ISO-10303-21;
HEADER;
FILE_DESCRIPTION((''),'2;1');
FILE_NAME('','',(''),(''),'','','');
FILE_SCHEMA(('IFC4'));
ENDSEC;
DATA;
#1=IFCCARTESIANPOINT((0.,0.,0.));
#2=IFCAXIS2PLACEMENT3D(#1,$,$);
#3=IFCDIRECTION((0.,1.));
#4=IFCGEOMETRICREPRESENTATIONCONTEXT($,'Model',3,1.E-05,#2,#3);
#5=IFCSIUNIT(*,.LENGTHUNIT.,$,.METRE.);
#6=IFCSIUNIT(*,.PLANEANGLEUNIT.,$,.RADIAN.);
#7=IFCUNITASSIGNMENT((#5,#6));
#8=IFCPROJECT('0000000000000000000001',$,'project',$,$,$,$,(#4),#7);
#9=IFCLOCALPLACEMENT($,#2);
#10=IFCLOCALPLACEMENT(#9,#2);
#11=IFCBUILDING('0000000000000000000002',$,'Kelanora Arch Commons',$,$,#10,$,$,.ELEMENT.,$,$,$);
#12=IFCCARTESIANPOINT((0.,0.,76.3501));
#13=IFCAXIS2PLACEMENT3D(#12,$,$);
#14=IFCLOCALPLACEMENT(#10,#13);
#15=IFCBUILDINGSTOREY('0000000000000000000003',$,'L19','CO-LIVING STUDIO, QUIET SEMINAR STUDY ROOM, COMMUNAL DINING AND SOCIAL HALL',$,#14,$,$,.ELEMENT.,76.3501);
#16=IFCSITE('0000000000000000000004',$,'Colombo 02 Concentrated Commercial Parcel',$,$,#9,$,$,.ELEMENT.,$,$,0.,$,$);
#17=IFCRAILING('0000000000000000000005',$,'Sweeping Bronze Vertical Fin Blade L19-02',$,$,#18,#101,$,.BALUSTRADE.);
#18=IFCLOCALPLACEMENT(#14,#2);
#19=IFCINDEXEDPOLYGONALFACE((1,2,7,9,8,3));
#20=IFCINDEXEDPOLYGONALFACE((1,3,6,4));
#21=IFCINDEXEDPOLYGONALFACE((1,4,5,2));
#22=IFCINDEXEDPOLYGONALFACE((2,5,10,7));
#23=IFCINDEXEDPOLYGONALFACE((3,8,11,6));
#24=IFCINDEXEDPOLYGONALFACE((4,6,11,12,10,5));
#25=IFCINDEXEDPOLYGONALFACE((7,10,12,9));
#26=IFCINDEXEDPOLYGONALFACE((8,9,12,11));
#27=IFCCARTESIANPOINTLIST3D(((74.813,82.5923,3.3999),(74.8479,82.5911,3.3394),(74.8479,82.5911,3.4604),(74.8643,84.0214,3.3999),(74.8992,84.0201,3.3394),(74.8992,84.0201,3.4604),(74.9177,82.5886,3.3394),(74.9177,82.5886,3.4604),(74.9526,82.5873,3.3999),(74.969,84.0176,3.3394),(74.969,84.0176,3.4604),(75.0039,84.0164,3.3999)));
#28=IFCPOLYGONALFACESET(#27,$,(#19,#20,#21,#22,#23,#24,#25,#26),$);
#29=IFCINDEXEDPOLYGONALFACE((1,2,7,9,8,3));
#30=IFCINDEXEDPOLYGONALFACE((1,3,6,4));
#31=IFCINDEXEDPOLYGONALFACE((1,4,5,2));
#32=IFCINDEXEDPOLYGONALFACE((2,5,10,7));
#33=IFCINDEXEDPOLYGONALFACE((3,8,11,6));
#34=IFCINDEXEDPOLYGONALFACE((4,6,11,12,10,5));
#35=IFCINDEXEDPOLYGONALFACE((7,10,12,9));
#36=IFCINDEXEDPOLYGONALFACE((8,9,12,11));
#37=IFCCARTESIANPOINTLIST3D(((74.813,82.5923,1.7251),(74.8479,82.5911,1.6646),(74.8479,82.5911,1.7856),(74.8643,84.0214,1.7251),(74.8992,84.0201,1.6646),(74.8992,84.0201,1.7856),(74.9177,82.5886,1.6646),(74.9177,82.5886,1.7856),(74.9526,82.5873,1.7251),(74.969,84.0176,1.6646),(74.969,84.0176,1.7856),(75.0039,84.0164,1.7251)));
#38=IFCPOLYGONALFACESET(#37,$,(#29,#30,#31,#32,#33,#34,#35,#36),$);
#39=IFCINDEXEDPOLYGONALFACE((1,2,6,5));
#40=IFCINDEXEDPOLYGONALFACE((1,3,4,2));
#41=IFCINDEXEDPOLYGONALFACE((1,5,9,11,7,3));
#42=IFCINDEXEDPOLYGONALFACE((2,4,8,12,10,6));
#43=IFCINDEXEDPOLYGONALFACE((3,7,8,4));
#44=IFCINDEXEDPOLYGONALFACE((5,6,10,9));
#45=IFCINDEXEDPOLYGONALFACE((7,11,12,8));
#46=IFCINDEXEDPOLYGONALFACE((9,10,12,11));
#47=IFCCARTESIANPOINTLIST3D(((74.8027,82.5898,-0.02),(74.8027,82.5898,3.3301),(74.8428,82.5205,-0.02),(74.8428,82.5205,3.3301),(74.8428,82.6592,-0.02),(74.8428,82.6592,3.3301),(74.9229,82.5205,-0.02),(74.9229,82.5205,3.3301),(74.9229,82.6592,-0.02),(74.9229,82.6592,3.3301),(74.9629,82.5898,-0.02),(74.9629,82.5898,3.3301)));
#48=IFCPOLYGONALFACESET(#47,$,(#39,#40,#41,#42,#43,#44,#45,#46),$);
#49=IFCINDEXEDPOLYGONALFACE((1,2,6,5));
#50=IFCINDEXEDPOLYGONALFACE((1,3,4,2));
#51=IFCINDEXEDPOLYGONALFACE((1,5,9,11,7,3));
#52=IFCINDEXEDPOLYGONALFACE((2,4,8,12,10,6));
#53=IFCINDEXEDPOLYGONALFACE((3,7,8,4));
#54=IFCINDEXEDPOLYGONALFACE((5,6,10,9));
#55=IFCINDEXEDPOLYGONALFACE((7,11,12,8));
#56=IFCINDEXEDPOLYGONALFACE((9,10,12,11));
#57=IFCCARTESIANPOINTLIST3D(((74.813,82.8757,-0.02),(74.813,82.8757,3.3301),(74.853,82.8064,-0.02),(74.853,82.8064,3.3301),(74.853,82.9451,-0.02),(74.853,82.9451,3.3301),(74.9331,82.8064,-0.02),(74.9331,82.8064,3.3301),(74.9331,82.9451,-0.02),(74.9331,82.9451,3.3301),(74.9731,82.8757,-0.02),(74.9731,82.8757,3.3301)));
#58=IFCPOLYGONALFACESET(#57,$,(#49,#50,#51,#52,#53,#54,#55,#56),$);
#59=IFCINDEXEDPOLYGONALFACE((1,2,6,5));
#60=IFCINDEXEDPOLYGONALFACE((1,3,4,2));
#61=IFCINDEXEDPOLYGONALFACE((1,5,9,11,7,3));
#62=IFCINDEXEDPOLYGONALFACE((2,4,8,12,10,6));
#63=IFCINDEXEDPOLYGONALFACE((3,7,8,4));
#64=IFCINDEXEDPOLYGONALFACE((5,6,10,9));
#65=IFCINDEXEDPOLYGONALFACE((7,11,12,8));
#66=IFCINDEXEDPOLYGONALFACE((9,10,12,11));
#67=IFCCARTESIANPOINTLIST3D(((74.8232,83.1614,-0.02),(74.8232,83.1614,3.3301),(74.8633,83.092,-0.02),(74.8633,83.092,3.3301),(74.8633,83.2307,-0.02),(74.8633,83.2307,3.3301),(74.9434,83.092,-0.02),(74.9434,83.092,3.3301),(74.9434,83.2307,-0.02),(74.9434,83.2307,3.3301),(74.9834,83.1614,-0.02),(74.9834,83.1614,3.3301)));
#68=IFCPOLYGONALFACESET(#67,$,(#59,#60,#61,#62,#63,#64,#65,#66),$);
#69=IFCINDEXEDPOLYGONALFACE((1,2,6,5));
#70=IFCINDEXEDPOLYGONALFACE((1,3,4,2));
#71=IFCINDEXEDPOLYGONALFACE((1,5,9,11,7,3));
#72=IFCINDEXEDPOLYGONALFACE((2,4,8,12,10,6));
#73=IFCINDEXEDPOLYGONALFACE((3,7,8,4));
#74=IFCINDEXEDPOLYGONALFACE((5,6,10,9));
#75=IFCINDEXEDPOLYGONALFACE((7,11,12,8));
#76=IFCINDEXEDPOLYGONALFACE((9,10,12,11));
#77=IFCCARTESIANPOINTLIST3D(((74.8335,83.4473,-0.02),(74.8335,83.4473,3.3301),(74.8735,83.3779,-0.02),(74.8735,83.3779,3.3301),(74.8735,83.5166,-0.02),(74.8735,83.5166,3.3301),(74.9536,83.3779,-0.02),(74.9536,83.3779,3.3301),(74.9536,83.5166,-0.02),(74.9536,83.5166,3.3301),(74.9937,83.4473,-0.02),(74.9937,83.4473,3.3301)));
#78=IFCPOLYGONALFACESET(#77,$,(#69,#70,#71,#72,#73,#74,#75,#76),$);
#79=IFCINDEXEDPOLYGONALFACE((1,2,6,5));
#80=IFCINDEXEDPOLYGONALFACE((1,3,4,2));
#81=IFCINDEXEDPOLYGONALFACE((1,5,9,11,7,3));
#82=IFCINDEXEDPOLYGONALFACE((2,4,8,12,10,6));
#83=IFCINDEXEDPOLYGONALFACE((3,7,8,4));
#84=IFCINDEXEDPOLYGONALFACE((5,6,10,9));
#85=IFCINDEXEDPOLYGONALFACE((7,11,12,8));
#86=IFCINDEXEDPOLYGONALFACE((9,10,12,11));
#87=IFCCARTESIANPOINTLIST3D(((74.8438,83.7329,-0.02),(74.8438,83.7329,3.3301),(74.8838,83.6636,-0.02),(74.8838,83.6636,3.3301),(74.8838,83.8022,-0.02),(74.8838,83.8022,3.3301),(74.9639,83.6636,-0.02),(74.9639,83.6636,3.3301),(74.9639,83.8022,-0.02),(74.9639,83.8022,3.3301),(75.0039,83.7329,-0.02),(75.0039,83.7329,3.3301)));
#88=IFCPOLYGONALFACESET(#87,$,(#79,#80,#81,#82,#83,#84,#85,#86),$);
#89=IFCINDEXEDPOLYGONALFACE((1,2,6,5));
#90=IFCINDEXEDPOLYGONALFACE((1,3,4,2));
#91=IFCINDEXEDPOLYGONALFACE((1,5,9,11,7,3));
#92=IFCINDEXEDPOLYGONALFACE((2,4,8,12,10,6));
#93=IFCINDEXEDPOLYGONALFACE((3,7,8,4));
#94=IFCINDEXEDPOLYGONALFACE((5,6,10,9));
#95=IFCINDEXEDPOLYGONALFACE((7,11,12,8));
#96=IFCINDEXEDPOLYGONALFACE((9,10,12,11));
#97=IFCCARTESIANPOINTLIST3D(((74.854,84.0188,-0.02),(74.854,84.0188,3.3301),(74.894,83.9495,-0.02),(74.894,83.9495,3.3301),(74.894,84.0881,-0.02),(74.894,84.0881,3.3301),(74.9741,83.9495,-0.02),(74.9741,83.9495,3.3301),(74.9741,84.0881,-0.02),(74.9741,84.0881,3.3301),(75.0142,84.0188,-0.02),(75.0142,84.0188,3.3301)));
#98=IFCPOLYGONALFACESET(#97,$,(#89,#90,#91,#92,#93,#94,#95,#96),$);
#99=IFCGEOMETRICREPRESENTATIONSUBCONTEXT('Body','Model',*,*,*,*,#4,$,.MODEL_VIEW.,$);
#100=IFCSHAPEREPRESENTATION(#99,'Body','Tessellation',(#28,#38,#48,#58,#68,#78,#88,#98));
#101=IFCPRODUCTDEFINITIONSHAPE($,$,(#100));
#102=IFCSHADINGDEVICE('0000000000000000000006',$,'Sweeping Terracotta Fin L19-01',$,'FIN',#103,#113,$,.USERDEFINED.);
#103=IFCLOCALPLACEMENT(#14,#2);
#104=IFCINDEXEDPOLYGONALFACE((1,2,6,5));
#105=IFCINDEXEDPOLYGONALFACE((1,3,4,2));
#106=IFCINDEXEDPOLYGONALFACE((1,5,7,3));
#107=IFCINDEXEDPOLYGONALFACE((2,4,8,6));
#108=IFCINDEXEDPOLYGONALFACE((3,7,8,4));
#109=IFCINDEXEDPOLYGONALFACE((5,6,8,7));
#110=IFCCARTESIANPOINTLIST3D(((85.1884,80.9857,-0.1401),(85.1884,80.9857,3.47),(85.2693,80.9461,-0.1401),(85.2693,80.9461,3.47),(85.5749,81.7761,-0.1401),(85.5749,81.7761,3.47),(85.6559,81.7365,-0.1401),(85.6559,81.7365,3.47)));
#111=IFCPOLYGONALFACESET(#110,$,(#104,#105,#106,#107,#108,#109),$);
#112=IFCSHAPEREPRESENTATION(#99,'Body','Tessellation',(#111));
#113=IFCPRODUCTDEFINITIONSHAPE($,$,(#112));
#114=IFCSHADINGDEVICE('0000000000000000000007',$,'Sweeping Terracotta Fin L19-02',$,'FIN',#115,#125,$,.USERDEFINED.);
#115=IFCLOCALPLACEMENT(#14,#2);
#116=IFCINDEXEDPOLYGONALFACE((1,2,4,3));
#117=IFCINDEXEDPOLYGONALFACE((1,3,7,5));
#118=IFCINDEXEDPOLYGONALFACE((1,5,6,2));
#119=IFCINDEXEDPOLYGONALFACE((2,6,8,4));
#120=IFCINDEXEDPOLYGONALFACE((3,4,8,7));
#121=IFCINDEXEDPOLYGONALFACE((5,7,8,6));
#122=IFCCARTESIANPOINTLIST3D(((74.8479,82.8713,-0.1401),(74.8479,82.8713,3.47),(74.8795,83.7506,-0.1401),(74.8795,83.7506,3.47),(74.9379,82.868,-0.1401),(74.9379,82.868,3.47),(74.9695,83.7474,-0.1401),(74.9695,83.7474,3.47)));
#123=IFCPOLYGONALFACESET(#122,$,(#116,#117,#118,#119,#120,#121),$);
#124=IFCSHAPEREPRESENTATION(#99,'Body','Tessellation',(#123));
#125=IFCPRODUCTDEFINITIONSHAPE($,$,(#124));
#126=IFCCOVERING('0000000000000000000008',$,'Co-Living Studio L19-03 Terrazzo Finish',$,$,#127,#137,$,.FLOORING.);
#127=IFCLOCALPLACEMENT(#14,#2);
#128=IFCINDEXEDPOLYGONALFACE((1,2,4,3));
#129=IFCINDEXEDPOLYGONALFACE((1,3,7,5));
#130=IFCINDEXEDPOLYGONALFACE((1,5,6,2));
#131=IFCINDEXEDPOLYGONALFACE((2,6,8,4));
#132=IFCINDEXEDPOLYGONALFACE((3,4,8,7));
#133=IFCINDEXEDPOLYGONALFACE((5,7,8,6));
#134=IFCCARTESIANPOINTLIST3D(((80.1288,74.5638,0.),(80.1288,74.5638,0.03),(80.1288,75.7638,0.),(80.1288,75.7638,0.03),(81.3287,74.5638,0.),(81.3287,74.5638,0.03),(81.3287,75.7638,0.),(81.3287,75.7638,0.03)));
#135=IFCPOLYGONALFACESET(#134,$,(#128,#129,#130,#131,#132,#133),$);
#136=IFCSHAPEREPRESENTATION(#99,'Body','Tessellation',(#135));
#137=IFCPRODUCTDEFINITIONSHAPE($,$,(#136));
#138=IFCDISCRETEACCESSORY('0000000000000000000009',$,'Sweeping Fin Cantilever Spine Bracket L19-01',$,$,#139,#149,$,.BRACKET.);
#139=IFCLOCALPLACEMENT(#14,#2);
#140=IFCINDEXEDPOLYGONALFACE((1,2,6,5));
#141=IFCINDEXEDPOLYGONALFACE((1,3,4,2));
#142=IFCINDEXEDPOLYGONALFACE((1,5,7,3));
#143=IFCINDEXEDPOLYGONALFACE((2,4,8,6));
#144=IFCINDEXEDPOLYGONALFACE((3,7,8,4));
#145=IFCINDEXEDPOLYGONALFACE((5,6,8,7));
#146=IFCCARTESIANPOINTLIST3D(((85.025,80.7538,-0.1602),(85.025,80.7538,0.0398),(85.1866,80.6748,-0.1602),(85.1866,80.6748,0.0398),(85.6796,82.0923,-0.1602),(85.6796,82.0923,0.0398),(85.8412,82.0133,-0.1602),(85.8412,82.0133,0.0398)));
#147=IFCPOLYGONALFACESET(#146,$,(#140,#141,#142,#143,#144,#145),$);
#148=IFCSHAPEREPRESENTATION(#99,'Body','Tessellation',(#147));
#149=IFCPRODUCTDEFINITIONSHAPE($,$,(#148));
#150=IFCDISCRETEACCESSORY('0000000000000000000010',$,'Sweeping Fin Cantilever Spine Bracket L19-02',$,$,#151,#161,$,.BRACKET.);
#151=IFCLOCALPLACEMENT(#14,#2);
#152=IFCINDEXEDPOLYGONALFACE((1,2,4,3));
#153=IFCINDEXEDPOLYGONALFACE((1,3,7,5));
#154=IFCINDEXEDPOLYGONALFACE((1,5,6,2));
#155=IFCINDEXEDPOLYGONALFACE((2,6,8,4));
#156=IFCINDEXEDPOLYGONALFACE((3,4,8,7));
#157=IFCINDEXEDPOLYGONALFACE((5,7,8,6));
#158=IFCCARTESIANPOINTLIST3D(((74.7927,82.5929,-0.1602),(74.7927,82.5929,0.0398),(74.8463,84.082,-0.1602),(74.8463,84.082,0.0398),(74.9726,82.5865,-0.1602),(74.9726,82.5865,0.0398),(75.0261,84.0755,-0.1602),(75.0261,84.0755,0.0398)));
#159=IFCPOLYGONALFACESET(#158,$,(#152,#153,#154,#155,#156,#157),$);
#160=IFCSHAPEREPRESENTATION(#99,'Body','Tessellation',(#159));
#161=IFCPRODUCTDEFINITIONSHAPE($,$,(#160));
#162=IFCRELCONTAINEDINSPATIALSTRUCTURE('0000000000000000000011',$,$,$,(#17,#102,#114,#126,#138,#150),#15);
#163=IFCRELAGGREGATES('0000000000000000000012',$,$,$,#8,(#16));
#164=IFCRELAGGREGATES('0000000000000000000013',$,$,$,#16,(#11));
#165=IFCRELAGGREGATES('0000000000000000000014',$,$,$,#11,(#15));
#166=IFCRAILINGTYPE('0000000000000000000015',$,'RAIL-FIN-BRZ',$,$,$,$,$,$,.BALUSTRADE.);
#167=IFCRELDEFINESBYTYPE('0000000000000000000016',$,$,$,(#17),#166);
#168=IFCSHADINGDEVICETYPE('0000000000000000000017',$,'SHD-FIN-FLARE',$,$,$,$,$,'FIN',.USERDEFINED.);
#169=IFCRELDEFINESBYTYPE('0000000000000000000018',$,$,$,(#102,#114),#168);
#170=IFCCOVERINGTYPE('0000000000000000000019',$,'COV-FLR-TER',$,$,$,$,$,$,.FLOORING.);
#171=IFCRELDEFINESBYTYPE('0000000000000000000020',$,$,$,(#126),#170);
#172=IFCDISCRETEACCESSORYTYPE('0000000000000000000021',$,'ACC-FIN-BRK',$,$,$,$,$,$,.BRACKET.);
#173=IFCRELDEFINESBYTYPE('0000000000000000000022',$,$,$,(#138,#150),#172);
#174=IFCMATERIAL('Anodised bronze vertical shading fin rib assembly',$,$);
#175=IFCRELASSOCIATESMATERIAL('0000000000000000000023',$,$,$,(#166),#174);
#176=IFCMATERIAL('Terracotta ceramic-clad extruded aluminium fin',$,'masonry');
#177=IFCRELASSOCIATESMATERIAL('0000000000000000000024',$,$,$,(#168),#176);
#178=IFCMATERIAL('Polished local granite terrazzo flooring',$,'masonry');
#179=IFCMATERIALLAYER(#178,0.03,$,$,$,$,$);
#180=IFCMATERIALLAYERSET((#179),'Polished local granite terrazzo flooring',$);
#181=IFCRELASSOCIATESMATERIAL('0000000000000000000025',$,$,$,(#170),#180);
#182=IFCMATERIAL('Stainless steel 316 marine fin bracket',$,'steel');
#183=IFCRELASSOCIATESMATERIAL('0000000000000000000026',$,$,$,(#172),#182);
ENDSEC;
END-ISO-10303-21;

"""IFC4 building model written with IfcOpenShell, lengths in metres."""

from ifc_helpers import new_model, si_unit, direction, frame, origin, origin_2d, place, context, subcontext, project, spatial, polyline, rectangle, outline, extrude, source, transform, mapped, material, layer, layer_set, type_object, element, save


model = new_model("IFC4")

# Units and contexts
model_context = context("Model", 3, precision=1e-05, world=origin(), true_north=direction((0.0, 1.0)))
body_context = subcontext(model_context, "Body", "Model", "MODEL_VIEW")
ifc_project = project(units=[si_unit("LENGTHUNIT", "METRE"), si_unit("PLANEANGLEUNIT", "RADIAN")], contexts=[model_context])

# Site, building, storey
site_placement = place(None, origin())
site = spatial("IfcSite", under=ifc_project, at=site_placement, Name="Colombo 02 Concentrated Commercial Parcel", CompositionType="ELEMENT", RefElevation=0.0)
building_placement = place(site_placement, origin())
building = spatial("IfcBuilding", under=site, at=building_placement, Name="Kelanora Arch Commons", CompositionType="ELEMENT")
storey_placement = place(building_placement, frame((0.0, 0.0, 76.3501)))
storey = spatial("IfcBuildingStorey", under=building, at=storey_placement, Name="L19", Description="CO-LIVING STUDIO, QUIET SEMINAR STUDY ROOM, COMMUNAL DINING AND SOCIAL HALL", CompositionType="ELEMENT", Elevation=76.3501)

# Railing
ifc_material_1 = material(Name="Anodised bronze vertical shading fin rib assembly")
railing_type = type_object("IfcRailingType", Name="RAIL-FIN-BRZ", PredefinedType="BALUSTRADE", material=ifc_material_1)
railing_1_placement = place(storey_placement, frame((74.8828, 82.5898, -0.02)))
element("IfcRailing", 1, at=railing_1_placement, inside=storey, type_object=railing_type, Name="Sweeping Bronze Vertical Fin Blade L19-02", PredefinedType="BALUSTRADE", context=body_context, shape_type="SweptSolid", body=[
    extrude(outline(polyline([(0.0698, 0.0), (0.0349, 0.0605), (-0.0349, 0.0605), (-0.0698, 0.0), (-0.0349, -0.0605), (0.0349, -0.0605), (0.0698, 0.0)])), frame((0.0, 0.0, 3.4199), z_axis=(0.035856, 0.999357, 0.0), x_axis=(-0.999357, 0.035856, 0.0)), (0.0, 0.0, 1.0), 1.4299),
    extrude(outline(polyline([(0.0698, 0.0), (0.0349, 0.0605), (-0.0349, 0.0605), (-0.0698, 0.0), (-0.0349, -0.0605), (0.0349, -0.0605), (0.0698, 0.0)])), frame((0.0, 0.0, 1.7451), z_axis=(0.035856, 0.999357, 0.0), x_axis=(-0.999357, 0.035856, 0.0)), (0.0, 0.0, 1.0), 1.4299),
    extrude(outline(polyline([(0.0801, 0.0), (0.04, 0.0693), (-0.04, 0.0693), (-0.0801, 0.0), (-0.04, -0.0693), (0.04, -0.0693), (0.0801, 0.0)])), origin(), (0.0, 0.0, 1.0), 3.3501),
    extrude(outline(polyline([(0.0801, 0.0), (0.04, 0.0693), (-0.04, 0.0693), (-0.0801, 0.0), (-0.04, -0.0693), (0.04, -0.0693), (0.0801, 0.0)])), frame((0.0103, 0.2859, 0.0)), (0.0, 0.0, 1.0), 3.3501),
    extrude(outline(polyline([(0.0801, 0.0), (0.04, 0.0693), (-0.04, 0.0693), (-0.0801, 0.0), (-0.04, -0.0693), (0.04, -0.0693), (0.0801, 0.0)])), frame((0.0205, 0.5715, 0.0)), (0.0, 0.0, 1.0), 3.3501),
    extrude(outline(polyline([(0.0801, 0.0), (0.04, 0.0693), (-0.04, 0.0693), (-0.0801, 0.0), (-0.04, -0.0693), (0.04, -0.0693), (0.0801, 0.0)])), frame((0.0308, 0.8574, 0.0)), (0.0, 0.0, 1.0), 3.3501),
    extrude(outline(polyline([(0.0801, 0.0), (0.04, 0.0693), (-0.04, 0.0693), (-0.0801, 0.0), (-0.04, -0.0693), (0.04, -0.0693), (0.0801, 0.0)])), frame((0.041, 1.1431, 0.0)), (0.0, 0.0, 1.0), 3.3501),
    extrude(outline(polyline([(0.0801, 0.0), (0.04, 0.0693), (-0.04, 0.0693), (-0.0801, 0.0), (-0.04, -0.0693), (0.04, -0.0693), (0.0801, 0.0)])), frame((0.0513, 1.429, 0.0)), (0.0, 0.0, 1.0), 3.3501),
])

# Shading devices
ifc_material_2 = material(Name="Terracotta ceramic-clad extruded aluminium fin", Category="masonry")
shading_device_type = type_object("IfcShadingDeviceType", Name="SHD-FIN-FLARE", ElementType="FIN", PredefinedType="USERDEFINED", material=ifc_material_2)
shared_shape_1 = source(origin(), body_context, "Body", "SweptSolid", [
    extrude(rectangle(XDim=0.8799, YDim=0.0901, at=origin_2d()), origin(), (0.0, 0.0, 1.0), 3.6101),
])
for number, where, z_axis, x_axis, name in (
    (2, (85.4221, 81.3611, -0.1401), (0.0, 0.0, 1.0), (0.439312, 0.898334, 0.0), "Sweeping Terracotta Fin L19-01"),
    (3, (74.9087, 83.3093, -0.1401), (0.0, 0.0, 1.0), (0.035946, 0.999354, 0.0), "Sweeping Terracotta Fin L19-02"),
):
    element("IfcShadingDevice", number, at=place(storey_placement, frame(where, z_axis=z_axis, x_axis=x_axis)), inside=storey, type_object=shading_device_type, Name=name, ObjectType="FIN", PredefinedType="USERDEFINED", context=body_context, shape_type="MappedRepresentation", body=[
        mapped(shared_shape_1, transform((0.0, 0.0, 0.0), scale=1.0)),
    ])

# Covering
ifc_material_3 = material(Name="Polished local granite terrazzo flooring", Category="masonry")
ifc_layer_1 = layer(ifc_material_3, 0.03)
ifc_layer_set_1 = layer_set([ifc_layer_1], Name="Polished local granite terrazzo flooring")
covering_type = type_object("IfcCoveringType", Name="COV-FLR-TER", PredefinedType="FLOORING", material=ifc_layer_set_1)
shared_shape_2 = source(origin(), body_context, "Body", "SweptSolid", [
    extrude(rectangle(XDim=1.2, YDim=1.2, at=origin_2d()), origin(), (0.0, 0.0, 1.0), 0.03),
])
covering_placement = place(storey_placement, frame((80.7288, 75.1638, 0.0), z_axis=(0.0, 0.0, 1.0), x_axis=(1.0, 0.0, 0.0)))
element("IfcCovering", 4, at=covering_placement, inside=storey, type_object=covering_type, Name="Co-Living Studio L19-03 Terrazzo Finish", PredefinedType="FLOORING", context=body_context, shape_type="MappedRepresentation", body=[
    mapped(shared_shape_2, transform((0.0, 0.0, 0.0), scale=1.0)),
])

# Discrete accessories
ifc_material_4 = material(Name="Stainless steel 316 marine fin bracket", Category="steel")
discrete_accessory_type = type_object("IfcDiscreteAccessoryType", Name="ACC-FIN-BRK", PredefinedType="BRACKET", material=ifc_material_4)
shared_shape_3 = source(origin(), body_context, "Body", "SweptSolid", [
    extrude(rectangle(XDim=1.49, YDim=0.1799, at=origin_2d()), origin(), (0.0, 0.0, 1.0), 0.2),
])
for number, where, z_axis, x_axis, name in (
    (5, (85.4331, 81.3835, -0.1602), (0.0, 0.0, 1.0), (0.439312, 0.898334, 0.0), "Sweeping Fin Cantilever Spine Bracket L19-01"),
    (6, (74.9094, 83.3342, -0.1602), (0.0, 0.0, 1.0), (0.035946, 0.999354, 0.0), "Sweeping Fin Cantilever Spine Bracket L19-02"),
):
    element("IfcDiscreteAccessory", number, at=place(storey_placement, frame(where, z_axis=z_axis, x_axis=x_axis)), inside=storey, type_object=discrete_accessory_type, Name=name, PredefinedType="BRACKET", context=body_context, shape_type="MappedRepresentation", body=[
        mapped(shared_shape_3, transform((0.0, 0.0, 0.0), scale=1.0)),
    ])

save(model, "model.ifc")
